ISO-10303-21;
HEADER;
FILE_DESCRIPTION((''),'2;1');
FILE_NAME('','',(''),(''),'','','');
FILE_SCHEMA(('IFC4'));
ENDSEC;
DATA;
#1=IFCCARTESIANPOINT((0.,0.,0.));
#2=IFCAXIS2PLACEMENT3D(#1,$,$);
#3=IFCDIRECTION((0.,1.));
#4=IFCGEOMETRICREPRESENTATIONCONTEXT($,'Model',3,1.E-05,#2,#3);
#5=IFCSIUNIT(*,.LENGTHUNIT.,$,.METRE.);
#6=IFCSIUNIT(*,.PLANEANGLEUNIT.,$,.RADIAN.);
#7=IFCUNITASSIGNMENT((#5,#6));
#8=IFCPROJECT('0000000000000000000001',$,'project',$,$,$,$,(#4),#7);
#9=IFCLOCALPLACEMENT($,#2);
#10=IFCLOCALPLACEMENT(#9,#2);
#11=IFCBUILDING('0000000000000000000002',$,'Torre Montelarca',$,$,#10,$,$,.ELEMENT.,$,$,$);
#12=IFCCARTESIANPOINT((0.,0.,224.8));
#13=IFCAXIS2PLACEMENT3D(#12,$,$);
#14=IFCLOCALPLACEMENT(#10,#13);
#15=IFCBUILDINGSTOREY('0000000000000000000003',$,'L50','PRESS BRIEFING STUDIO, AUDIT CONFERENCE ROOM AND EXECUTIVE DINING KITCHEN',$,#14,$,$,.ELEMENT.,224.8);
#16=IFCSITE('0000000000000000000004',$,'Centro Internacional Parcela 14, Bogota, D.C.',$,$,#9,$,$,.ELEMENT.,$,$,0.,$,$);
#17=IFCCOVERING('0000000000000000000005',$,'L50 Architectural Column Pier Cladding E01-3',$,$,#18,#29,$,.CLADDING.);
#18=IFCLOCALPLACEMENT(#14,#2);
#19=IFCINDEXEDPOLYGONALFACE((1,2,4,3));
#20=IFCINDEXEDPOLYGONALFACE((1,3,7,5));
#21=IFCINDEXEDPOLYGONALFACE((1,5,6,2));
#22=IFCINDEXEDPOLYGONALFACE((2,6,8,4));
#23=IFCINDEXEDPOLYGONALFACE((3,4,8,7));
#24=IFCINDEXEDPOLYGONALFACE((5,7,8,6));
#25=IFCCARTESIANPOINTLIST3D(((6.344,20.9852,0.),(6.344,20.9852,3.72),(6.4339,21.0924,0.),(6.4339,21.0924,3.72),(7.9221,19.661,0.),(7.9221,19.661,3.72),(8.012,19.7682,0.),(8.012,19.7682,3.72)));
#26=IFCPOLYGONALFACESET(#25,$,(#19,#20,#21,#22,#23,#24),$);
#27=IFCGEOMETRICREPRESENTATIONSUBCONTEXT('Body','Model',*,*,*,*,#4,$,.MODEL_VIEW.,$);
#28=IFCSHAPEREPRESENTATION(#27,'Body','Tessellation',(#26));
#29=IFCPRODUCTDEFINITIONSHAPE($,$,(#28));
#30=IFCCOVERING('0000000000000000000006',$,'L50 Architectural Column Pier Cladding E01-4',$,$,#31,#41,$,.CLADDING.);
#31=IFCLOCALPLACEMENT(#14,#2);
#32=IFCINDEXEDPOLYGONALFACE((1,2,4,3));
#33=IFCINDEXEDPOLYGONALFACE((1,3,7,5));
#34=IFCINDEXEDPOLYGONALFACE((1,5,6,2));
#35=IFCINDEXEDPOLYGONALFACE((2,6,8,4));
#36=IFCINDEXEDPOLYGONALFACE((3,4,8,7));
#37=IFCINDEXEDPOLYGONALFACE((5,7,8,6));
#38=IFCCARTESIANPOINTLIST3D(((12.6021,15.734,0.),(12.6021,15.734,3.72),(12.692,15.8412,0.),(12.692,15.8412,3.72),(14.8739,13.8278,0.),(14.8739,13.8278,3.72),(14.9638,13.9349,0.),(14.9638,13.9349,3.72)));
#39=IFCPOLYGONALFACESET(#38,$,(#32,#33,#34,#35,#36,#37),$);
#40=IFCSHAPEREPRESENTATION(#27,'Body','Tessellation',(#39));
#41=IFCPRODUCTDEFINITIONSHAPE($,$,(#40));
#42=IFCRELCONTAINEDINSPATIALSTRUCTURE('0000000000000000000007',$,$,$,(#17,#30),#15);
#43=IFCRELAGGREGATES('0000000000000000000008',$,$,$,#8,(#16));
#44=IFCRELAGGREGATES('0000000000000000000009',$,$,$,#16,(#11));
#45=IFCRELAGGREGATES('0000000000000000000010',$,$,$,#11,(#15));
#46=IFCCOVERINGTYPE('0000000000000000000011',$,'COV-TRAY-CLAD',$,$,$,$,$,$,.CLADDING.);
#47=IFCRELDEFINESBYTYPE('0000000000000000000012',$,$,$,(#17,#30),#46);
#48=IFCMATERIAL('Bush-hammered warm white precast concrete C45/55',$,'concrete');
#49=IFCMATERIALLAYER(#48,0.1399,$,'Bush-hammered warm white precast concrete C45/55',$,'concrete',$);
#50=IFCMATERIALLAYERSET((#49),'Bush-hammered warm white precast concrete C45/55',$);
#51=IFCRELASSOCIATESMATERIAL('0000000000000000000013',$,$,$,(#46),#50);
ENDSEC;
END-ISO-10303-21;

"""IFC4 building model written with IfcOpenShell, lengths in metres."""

from ifc_helpers import new_model, si_unit, direction, frame, origin, origin_2d, place, context, subcontext, project, spatial, rectangle, extrude, source, transform, mapped, material, layer, layer_set, type_object, element, save


model = new_model("IFC4")

# Units and contexts
model_context = context("Model", 3, precision=1e-05, world=origin(), true_north=direction((0.0, 1.0)))
body_context = subcontext(model_context, "Body", "Model", "MODEL_VIEW")
ifc_project = project(units=[si_unit("LENGTHUNIT", "METRE"), si_unit("PLANEANGLEUNIT", "RADIAN")], contexts=[model_context])

# Site, building, storey
site_placement = place(None, origin())
site = spatial("IfcSite", under=ifc_project, at=site_placement, Name="Centro Internacional Parcela 14, Bogota, D.C.", CompositionType="ELEMENT", RefElevation=0.0)
building_placement = place(site_placement, origin())
building = spatial("IfcBuilding", under=site, at=building_placement, Name="Torre Montelarca", CompositionType="ELEMENT")
storey_placement = place(building_placement, frame((0.0, 0.0, 224.8)))
storey = spatial("IfcBuildingStorey", under=building, at=storey_placement, Name="L50", Description="PRESS BRIEFING STUDIO, AUDIT CONFERENCE ROOM AND EXECUTIVE DINING KITCHEN", CompositionType="ELEMENT", Elevation=224.8)

# Coverings
ifc_material_1 = material(Name="Bush-hammered warm white precast concrete C45/55", Category="concrete")
ifc_layer_1 = layer(ifc_material_1, 0.1399, Name="Bush-hammered warm white precast concrete C45/55", Category="concrete")
ifc_layer_set_1 = layer_set([ifc_layer_1], Name="Bush-hammered warm white precast concrete C45/55")
covering_type = type_object("IfcCoveringType", Name="COV-TRAY-CLAD", PredefinedType="CLADDING", material=ifc_layer_set_1)
shared_shape_1 = source(origin(), body_context, "Body", "SweptSolid", [
    extrude(rectangle(XDim=2.0601, YDim=0.1399, at=origin_2d()), origin(), (0.0, 0.0, 1.0), 3.72),
])
covering_1_placement = place(storey_placement, frame((7.178, 20.3767, 0.0), z_axis=(0.0, 0.0, 1.0), x_axis=(0.766042, -0.64279, 0.0)))
element("IfcCovering", 1, at=covering_1_placement, inside=storey, type_object=covering_type, Name="L50 Architectural Column Pier Cladding E01-3", PredefinedType="CLADDING", context=body_context, shape_type="MappedRepresentation", body=[
    mapped(shared_shape_1, transform((0.0, 0.0, 0.0), scale=1.0)),
])
shared_shape_2 = source(origin(), body_context, "Body", "SweptSolid", [
    extrude(rectangle(XDim=2.9656, YDim=0.1399, at=origin_2d()), origin(), (0.0, 0.0, 1.0), 3.72),
])
covering_2_placement = place(storey_placement, frame((13.783, 14.8345, 0.0), z_axis=(0.0, 0.0, 1.0), x_axis=(0.766042, -0.64279, 0.0)))
element("IfcCovering", 2, at=covering_2_placement, inside=storey, type_object=covering_type, Name="L50 Architectural Column Pier Cladding E01-4", PredefinedType="CLADDING", context=body_context, shape_type="MappedRepresentation", body=[
    mapped(shared_shape_2, transform((0.0, 0.0, 0.0), scale=1.0)),
])

save(model, "model.ifc")
